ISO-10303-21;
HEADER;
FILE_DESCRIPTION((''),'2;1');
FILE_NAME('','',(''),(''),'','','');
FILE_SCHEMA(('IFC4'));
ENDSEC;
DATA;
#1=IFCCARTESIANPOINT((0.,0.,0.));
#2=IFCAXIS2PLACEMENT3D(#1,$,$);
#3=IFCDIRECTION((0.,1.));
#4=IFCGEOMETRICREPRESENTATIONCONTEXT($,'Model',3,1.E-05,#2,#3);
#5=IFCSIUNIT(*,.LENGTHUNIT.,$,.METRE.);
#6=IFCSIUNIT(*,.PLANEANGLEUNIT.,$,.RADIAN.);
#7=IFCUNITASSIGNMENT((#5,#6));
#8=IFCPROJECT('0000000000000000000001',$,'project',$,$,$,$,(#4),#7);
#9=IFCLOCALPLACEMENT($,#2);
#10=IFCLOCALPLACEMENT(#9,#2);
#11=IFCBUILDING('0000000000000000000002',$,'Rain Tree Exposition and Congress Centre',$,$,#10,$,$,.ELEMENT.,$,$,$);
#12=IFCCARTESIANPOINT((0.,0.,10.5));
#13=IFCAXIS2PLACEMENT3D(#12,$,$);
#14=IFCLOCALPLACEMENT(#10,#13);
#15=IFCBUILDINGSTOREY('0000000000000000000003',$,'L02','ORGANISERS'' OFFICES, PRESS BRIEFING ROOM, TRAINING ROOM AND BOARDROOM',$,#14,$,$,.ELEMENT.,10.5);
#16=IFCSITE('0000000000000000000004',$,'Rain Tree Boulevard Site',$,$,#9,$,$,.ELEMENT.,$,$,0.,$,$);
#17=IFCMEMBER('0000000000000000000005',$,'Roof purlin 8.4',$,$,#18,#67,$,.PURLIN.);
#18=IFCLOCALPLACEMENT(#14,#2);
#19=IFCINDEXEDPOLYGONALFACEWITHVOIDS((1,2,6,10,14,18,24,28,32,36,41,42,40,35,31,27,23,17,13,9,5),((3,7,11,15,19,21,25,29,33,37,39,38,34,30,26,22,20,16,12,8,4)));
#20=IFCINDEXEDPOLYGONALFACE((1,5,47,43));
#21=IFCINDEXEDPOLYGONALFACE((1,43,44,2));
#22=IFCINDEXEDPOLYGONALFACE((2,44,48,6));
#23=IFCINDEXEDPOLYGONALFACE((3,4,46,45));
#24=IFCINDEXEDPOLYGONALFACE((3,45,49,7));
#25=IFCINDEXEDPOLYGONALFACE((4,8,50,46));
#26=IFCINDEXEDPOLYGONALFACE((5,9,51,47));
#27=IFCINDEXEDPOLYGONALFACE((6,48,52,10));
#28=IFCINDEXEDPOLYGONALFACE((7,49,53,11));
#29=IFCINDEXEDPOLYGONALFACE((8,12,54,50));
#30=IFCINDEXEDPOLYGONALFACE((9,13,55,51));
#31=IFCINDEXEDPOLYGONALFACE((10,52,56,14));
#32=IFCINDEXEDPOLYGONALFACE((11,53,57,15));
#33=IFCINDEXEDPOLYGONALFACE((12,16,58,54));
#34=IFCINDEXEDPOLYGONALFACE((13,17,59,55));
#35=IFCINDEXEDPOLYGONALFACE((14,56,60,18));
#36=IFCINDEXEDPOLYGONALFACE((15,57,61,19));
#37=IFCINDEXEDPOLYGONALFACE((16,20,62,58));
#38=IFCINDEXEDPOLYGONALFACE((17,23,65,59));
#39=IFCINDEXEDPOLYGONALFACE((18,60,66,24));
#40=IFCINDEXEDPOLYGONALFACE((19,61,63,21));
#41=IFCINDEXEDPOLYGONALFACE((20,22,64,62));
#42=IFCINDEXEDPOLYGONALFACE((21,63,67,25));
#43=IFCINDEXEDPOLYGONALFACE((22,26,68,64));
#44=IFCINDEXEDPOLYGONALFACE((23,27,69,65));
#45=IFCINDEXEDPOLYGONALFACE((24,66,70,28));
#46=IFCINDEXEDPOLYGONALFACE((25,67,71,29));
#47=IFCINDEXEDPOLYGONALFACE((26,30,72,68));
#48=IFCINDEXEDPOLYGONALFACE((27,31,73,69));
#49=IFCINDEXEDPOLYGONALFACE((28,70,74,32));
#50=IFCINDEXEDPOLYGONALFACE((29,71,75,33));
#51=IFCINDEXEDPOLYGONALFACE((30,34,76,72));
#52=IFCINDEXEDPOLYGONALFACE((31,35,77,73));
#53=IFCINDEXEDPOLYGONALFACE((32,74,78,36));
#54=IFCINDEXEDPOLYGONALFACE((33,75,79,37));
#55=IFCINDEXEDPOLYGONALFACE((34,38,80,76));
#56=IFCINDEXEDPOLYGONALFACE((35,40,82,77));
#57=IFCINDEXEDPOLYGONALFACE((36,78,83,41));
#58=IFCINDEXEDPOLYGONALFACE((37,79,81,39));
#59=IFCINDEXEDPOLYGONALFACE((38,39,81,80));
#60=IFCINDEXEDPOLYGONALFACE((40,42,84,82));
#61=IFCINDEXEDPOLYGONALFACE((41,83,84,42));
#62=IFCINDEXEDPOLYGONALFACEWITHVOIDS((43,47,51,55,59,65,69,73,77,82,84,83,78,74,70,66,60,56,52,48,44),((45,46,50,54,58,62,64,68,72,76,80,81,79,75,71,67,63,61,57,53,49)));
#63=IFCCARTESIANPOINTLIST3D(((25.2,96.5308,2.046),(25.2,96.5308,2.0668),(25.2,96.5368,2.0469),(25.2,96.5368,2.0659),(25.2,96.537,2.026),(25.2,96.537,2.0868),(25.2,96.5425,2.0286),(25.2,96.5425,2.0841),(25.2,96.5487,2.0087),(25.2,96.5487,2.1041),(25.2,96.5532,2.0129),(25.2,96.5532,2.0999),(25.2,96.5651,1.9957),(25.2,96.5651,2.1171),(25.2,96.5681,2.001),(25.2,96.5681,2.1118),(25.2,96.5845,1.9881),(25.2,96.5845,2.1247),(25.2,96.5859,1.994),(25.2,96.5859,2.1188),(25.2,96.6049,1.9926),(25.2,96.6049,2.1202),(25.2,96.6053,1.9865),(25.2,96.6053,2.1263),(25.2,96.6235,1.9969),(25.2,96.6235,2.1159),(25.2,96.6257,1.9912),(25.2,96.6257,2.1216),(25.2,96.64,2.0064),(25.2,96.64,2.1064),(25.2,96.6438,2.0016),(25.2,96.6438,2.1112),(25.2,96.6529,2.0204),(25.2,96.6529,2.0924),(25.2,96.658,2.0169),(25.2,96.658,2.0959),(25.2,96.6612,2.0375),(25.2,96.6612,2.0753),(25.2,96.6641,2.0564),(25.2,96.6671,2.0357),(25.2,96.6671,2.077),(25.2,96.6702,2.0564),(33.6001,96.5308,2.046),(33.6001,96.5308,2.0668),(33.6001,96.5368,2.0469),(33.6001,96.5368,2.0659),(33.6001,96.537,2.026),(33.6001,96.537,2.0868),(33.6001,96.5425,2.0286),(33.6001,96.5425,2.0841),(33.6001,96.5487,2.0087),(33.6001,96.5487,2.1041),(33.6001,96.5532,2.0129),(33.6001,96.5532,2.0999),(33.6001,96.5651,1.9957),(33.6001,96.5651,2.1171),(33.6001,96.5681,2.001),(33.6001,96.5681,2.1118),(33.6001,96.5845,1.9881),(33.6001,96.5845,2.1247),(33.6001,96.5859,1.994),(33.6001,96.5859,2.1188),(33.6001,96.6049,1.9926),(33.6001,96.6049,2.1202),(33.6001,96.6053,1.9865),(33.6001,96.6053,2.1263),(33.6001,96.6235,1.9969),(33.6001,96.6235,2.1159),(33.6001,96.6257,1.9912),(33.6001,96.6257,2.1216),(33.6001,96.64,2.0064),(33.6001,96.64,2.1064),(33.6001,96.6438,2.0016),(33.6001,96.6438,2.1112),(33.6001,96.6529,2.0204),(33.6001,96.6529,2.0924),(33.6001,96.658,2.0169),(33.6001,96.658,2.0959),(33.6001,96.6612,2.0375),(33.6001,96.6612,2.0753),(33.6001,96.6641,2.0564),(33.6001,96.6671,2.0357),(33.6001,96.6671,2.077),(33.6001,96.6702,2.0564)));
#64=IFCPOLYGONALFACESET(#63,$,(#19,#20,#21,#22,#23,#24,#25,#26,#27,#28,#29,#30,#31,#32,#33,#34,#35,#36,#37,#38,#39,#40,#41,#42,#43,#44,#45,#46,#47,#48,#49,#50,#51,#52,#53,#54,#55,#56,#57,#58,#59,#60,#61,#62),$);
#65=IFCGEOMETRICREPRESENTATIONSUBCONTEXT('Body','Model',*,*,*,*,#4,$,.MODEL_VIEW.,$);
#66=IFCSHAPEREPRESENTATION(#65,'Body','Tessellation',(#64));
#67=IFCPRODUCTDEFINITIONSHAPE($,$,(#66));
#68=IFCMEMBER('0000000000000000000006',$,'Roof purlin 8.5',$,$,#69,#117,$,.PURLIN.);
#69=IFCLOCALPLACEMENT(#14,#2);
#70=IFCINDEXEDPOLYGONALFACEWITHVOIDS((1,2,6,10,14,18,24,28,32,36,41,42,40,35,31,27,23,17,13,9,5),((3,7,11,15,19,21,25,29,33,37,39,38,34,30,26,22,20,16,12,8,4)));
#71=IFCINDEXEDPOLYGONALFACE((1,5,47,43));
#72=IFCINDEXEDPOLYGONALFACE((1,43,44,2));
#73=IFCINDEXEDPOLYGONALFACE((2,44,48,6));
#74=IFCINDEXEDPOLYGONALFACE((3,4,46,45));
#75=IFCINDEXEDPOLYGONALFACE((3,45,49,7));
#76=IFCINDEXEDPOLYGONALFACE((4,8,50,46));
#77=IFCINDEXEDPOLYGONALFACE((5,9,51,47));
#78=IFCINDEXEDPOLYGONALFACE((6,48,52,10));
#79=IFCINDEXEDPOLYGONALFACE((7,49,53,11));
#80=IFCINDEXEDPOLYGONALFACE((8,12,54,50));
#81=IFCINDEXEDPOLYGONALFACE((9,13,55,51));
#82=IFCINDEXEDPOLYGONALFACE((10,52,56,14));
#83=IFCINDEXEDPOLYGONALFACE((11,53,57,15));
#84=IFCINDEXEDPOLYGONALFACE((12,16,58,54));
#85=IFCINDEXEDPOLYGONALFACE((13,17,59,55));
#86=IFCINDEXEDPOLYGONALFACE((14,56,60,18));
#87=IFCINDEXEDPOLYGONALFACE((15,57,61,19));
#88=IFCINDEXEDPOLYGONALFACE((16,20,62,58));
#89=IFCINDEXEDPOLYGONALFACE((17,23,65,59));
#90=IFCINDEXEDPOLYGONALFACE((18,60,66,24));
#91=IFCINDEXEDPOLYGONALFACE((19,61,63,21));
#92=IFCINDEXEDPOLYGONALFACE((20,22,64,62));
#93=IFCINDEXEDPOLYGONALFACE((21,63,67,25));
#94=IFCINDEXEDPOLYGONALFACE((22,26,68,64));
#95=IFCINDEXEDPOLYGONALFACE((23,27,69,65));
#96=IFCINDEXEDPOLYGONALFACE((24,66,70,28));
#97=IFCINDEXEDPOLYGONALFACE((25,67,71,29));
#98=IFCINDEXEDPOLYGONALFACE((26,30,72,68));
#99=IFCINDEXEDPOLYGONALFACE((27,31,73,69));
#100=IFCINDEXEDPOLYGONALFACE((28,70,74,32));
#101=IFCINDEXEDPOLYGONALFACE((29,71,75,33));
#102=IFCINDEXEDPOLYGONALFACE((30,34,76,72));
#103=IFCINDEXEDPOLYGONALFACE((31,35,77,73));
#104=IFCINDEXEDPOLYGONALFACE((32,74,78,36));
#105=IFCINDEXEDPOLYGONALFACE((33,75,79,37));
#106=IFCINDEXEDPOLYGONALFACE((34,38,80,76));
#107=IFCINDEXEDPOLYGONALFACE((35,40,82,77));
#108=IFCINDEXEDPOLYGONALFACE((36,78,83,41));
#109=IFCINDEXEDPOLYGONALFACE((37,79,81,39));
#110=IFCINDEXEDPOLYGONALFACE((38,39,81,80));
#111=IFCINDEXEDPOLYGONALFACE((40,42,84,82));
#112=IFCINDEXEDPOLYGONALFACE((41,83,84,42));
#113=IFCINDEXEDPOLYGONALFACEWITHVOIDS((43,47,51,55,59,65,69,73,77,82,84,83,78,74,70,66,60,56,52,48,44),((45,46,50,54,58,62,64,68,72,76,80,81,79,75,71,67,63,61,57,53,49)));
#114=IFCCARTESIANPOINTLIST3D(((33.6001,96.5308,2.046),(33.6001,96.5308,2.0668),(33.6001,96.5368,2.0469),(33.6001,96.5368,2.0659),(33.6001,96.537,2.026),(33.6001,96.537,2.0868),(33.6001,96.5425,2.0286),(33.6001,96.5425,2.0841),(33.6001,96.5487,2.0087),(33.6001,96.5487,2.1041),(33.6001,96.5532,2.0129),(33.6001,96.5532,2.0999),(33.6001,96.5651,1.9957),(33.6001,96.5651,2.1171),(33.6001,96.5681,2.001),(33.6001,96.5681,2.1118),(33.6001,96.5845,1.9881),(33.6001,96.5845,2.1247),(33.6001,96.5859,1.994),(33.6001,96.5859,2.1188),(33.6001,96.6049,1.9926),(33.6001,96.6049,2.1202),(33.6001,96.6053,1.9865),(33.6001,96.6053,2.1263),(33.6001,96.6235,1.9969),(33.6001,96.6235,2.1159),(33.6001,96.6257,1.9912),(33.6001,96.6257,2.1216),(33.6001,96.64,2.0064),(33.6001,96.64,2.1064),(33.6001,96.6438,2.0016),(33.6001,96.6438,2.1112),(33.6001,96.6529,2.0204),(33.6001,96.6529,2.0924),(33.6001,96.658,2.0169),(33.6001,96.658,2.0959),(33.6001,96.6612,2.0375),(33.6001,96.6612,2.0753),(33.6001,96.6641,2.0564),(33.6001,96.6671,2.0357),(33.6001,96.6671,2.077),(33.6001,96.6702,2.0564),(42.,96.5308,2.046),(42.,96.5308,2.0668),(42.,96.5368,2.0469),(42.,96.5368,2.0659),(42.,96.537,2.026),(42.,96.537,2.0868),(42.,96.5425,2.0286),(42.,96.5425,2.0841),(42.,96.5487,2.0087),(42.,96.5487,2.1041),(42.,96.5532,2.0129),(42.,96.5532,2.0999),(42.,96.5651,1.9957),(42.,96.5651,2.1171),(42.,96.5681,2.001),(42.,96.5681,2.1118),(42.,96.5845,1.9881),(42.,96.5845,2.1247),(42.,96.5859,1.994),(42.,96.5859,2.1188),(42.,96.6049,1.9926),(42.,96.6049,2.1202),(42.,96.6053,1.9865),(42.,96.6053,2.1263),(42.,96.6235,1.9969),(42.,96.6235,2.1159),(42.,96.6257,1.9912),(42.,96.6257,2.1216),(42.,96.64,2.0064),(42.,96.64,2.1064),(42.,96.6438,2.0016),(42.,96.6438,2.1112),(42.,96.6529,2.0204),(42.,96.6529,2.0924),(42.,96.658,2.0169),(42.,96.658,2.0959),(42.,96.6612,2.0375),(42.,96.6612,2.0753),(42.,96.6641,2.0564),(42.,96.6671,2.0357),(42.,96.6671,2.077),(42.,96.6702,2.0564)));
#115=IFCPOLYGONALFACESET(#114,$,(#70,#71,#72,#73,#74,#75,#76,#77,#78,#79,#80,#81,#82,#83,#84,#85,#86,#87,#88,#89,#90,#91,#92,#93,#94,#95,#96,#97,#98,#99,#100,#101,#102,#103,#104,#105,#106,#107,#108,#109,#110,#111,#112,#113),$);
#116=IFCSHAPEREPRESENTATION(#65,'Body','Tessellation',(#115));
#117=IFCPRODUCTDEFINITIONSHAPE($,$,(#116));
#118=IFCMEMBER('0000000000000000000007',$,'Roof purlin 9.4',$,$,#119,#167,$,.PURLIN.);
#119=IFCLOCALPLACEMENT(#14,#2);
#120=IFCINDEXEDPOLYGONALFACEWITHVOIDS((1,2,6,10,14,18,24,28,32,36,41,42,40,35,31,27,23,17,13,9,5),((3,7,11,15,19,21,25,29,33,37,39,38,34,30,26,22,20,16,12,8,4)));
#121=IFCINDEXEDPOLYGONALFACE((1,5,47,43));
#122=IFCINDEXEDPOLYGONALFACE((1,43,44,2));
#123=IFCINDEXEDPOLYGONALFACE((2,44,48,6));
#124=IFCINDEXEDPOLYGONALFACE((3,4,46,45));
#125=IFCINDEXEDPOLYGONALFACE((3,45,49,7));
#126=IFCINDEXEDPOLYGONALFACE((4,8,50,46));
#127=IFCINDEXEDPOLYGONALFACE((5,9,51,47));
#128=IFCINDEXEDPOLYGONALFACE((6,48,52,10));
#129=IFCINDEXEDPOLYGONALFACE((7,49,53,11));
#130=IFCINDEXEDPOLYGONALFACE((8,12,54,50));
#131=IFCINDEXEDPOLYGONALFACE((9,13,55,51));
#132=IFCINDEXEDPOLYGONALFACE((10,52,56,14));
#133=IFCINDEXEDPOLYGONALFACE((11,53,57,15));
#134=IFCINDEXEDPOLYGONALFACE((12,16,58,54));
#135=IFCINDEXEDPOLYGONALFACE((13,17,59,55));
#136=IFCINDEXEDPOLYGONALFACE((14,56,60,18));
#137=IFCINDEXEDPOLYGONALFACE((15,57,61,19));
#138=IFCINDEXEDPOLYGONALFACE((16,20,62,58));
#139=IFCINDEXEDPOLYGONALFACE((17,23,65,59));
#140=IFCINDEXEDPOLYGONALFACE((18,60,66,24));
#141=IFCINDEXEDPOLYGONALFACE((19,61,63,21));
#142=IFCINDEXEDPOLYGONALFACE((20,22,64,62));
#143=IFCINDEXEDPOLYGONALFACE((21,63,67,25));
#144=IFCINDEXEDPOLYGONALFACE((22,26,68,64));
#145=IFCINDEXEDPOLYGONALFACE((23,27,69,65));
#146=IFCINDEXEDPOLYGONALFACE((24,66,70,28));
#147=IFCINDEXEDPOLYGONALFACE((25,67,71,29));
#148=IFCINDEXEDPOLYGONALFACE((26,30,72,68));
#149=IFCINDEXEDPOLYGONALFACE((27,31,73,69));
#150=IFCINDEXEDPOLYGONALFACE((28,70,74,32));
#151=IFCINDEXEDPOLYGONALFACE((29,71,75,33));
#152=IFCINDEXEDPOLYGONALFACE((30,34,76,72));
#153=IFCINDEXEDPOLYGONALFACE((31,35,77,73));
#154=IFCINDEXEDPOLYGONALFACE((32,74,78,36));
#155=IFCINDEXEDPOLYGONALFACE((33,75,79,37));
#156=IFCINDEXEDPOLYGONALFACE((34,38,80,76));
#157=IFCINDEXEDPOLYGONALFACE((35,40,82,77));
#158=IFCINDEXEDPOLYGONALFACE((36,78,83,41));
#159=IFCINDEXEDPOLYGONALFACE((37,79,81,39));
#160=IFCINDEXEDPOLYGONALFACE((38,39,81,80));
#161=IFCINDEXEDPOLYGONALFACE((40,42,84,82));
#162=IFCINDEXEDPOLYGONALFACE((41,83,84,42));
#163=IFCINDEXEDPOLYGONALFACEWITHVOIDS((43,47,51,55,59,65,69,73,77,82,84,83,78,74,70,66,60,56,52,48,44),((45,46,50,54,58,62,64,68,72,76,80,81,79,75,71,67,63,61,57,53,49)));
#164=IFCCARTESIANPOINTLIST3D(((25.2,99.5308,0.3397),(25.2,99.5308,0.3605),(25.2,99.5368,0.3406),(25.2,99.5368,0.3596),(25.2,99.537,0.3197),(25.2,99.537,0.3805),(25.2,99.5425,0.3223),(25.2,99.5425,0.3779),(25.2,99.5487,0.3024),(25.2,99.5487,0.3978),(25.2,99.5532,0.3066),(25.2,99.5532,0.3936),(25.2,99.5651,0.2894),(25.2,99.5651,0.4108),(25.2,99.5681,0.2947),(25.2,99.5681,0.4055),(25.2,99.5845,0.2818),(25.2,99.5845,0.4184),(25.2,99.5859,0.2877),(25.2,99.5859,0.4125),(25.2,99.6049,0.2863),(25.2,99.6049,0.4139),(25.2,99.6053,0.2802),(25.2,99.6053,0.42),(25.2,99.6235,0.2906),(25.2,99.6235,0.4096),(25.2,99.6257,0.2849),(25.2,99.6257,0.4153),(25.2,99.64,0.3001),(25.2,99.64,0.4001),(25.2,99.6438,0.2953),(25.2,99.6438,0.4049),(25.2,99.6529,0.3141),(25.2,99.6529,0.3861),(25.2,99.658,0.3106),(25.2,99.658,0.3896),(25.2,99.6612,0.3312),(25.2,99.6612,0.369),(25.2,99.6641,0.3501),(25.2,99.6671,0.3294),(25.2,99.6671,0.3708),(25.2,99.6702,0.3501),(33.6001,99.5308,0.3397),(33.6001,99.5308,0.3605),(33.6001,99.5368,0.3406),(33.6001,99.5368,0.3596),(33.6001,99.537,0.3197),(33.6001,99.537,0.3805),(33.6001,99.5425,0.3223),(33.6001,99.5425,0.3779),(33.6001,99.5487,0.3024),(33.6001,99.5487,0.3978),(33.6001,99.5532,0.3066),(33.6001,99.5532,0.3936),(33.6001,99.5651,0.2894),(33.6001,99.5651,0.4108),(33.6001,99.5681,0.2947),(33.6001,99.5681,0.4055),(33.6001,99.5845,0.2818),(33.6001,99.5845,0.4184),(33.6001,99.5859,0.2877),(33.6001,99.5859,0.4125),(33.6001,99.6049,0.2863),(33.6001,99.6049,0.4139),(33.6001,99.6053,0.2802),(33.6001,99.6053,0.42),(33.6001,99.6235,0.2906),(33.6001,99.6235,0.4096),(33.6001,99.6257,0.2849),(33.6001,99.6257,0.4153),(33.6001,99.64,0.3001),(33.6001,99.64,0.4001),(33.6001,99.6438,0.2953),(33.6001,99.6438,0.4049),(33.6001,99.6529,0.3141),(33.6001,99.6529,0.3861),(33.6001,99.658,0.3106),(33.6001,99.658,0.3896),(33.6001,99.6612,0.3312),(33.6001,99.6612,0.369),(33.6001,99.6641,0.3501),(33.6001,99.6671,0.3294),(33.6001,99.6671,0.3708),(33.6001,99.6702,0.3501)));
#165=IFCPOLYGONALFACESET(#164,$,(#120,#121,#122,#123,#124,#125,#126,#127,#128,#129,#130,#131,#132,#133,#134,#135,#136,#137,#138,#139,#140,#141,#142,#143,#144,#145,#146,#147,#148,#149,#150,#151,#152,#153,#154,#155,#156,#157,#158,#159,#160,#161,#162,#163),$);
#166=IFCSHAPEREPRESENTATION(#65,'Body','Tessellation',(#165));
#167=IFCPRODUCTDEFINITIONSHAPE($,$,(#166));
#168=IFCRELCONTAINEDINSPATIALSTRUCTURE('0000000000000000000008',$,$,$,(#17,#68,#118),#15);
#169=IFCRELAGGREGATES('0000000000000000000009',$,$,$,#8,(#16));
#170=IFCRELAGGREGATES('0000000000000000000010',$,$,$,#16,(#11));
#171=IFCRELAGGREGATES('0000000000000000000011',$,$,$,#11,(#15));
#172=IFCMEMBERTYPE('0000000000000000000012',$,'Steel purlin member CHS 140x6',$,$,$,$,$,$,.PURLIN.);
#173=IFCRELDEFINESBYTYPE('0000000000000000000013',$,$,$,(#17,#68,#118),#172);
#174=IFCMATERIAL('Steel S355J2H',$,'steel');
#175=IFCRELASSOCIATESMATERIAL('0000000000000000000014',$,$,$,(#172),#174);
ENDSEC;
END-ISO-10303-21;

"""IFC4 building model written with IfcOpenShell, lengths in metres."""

from ifc_helpers import new_model, si_unit, direction, frame, origin, origin_2d, place, context, subcontext, project, spatial, hollow_circle, extrude, material, material_profile, profile_set, type_object, element, save


model = new_model("IFC4")

# Units and contexts
model_context = context("Model", 3, precision=1e-05, world=origin(), true_north=direction((0.0, 1.0)))
body_context = subcontext(model_context, "Body", "Model", "MODEL_VIEW")
ifc_project = project(units=[si_unit("LENGTHUNIT", "METRE"), si_unit("PLANEANGLEUNIT", "RADIAN")], contexts=[model_context])

# Site, building, storey
site_placement = place(None, origin())
site = spatial("IfcSite", under=ifc_project, at=site_placement, Name="Rain Tree Boulevard Site", CompositionType="ELEMENT", RefElevation=0.0)
building_placement = place(site_placement, origin())
building = spatial("IfcBuilding", under=site, at=building_placement, Name="Rain Tree Exposition and Congress Centre", CompositionType="ELEMENT")
storey_placement = place(building_placement, frame((0.0, 0.0, 10.5)))
storey = spatial("IfcBuildingStorey", under=building, at=storey_placement, Name="L02", Description="ORGANISERS' OFFICES, PRESS BRIEFING ROOM, TRAINING ROOM AND BOARDROOM", CompositionType="ELEMENT", Elevation=10.5)

# Members
ifc_material_1 = material(Name="Steel S355J2H", Category="steel")
ifc_material_profile_1 = material_profile(ifc_material_1, hollow_circle(Radius=0.0701, WallThickness=0.0061, at=origin_2d()), Name="CHS 140x6")
ifc_profile_set_1 = profile_set([ifc_material_profile_1], Name="Steel S355J2H")
member_type_1 = type_object("IfcMemberType", Name="Steel purlin member CHS 140x6", PredefinedType="PURLIN", material=ifc_profile_set_1)
member_1_placement = place(storey_placement, frame((25.2, 96.6001, 2.0564), z_axis=(1.0, 0.0, 0.0), x_axis=(0.0, 1.0, 0.0)))
element("IfcMember", 1, at=member_1_placement, inside=storey, type_object=member_type_1, Name="Roof purlin 8.4", PredefinedType="PURLIN", context=body_context, shape_type="SweptSolid", body=[
    extrude(hollow_circle(Radius=0.0701, WallThickness=0.0061, at=origin_2d()), origin(), (0.0, 0.0, 1.0), 8.4001),
])
member_2_placement = place(storey_placement, frame((33.6001, 96.6001, 2.0564), z_axis=(1.0, 0.0, 0.0), x_axis=(0.0, 1.0, 0.0)))
element("IfcMember", 2, at=member_2_placement, inside=storey, type_object=member_type_1, Name="Roof purlin 8.5", PredefinedType="PURLIN", context=body_context, shape_type="SweptSolid", body=[
    extrude(hollow_circle(Radius=0.0701, WallThickness=0.0061, at=origin_2d()), origin(), (0.0, 0.0, 1.0), 8.3999),
])
member_3_placement = place(storey_placement, frame((25.2, 99.6001, 0.3501), z_axis=(1.0, 0.0, 0.0), x_axis=(0.0, 1.0, 0.0)))
element("IfcMember", 3, at=member_3_placement, inside=storey, type_object=member_type_1, Name="Roof purlin 9.4", PredefinedType="PURLIN", context=body_context, shape_type="SweptSolid", body=[
    extrude(hollow_circle(Radius=0.0701, WallThickness=0.0061, at=origin_2d()), origin(), (0.0, 0.0, 1.0), 8.4001),
])

save(model, "model.ifc")
